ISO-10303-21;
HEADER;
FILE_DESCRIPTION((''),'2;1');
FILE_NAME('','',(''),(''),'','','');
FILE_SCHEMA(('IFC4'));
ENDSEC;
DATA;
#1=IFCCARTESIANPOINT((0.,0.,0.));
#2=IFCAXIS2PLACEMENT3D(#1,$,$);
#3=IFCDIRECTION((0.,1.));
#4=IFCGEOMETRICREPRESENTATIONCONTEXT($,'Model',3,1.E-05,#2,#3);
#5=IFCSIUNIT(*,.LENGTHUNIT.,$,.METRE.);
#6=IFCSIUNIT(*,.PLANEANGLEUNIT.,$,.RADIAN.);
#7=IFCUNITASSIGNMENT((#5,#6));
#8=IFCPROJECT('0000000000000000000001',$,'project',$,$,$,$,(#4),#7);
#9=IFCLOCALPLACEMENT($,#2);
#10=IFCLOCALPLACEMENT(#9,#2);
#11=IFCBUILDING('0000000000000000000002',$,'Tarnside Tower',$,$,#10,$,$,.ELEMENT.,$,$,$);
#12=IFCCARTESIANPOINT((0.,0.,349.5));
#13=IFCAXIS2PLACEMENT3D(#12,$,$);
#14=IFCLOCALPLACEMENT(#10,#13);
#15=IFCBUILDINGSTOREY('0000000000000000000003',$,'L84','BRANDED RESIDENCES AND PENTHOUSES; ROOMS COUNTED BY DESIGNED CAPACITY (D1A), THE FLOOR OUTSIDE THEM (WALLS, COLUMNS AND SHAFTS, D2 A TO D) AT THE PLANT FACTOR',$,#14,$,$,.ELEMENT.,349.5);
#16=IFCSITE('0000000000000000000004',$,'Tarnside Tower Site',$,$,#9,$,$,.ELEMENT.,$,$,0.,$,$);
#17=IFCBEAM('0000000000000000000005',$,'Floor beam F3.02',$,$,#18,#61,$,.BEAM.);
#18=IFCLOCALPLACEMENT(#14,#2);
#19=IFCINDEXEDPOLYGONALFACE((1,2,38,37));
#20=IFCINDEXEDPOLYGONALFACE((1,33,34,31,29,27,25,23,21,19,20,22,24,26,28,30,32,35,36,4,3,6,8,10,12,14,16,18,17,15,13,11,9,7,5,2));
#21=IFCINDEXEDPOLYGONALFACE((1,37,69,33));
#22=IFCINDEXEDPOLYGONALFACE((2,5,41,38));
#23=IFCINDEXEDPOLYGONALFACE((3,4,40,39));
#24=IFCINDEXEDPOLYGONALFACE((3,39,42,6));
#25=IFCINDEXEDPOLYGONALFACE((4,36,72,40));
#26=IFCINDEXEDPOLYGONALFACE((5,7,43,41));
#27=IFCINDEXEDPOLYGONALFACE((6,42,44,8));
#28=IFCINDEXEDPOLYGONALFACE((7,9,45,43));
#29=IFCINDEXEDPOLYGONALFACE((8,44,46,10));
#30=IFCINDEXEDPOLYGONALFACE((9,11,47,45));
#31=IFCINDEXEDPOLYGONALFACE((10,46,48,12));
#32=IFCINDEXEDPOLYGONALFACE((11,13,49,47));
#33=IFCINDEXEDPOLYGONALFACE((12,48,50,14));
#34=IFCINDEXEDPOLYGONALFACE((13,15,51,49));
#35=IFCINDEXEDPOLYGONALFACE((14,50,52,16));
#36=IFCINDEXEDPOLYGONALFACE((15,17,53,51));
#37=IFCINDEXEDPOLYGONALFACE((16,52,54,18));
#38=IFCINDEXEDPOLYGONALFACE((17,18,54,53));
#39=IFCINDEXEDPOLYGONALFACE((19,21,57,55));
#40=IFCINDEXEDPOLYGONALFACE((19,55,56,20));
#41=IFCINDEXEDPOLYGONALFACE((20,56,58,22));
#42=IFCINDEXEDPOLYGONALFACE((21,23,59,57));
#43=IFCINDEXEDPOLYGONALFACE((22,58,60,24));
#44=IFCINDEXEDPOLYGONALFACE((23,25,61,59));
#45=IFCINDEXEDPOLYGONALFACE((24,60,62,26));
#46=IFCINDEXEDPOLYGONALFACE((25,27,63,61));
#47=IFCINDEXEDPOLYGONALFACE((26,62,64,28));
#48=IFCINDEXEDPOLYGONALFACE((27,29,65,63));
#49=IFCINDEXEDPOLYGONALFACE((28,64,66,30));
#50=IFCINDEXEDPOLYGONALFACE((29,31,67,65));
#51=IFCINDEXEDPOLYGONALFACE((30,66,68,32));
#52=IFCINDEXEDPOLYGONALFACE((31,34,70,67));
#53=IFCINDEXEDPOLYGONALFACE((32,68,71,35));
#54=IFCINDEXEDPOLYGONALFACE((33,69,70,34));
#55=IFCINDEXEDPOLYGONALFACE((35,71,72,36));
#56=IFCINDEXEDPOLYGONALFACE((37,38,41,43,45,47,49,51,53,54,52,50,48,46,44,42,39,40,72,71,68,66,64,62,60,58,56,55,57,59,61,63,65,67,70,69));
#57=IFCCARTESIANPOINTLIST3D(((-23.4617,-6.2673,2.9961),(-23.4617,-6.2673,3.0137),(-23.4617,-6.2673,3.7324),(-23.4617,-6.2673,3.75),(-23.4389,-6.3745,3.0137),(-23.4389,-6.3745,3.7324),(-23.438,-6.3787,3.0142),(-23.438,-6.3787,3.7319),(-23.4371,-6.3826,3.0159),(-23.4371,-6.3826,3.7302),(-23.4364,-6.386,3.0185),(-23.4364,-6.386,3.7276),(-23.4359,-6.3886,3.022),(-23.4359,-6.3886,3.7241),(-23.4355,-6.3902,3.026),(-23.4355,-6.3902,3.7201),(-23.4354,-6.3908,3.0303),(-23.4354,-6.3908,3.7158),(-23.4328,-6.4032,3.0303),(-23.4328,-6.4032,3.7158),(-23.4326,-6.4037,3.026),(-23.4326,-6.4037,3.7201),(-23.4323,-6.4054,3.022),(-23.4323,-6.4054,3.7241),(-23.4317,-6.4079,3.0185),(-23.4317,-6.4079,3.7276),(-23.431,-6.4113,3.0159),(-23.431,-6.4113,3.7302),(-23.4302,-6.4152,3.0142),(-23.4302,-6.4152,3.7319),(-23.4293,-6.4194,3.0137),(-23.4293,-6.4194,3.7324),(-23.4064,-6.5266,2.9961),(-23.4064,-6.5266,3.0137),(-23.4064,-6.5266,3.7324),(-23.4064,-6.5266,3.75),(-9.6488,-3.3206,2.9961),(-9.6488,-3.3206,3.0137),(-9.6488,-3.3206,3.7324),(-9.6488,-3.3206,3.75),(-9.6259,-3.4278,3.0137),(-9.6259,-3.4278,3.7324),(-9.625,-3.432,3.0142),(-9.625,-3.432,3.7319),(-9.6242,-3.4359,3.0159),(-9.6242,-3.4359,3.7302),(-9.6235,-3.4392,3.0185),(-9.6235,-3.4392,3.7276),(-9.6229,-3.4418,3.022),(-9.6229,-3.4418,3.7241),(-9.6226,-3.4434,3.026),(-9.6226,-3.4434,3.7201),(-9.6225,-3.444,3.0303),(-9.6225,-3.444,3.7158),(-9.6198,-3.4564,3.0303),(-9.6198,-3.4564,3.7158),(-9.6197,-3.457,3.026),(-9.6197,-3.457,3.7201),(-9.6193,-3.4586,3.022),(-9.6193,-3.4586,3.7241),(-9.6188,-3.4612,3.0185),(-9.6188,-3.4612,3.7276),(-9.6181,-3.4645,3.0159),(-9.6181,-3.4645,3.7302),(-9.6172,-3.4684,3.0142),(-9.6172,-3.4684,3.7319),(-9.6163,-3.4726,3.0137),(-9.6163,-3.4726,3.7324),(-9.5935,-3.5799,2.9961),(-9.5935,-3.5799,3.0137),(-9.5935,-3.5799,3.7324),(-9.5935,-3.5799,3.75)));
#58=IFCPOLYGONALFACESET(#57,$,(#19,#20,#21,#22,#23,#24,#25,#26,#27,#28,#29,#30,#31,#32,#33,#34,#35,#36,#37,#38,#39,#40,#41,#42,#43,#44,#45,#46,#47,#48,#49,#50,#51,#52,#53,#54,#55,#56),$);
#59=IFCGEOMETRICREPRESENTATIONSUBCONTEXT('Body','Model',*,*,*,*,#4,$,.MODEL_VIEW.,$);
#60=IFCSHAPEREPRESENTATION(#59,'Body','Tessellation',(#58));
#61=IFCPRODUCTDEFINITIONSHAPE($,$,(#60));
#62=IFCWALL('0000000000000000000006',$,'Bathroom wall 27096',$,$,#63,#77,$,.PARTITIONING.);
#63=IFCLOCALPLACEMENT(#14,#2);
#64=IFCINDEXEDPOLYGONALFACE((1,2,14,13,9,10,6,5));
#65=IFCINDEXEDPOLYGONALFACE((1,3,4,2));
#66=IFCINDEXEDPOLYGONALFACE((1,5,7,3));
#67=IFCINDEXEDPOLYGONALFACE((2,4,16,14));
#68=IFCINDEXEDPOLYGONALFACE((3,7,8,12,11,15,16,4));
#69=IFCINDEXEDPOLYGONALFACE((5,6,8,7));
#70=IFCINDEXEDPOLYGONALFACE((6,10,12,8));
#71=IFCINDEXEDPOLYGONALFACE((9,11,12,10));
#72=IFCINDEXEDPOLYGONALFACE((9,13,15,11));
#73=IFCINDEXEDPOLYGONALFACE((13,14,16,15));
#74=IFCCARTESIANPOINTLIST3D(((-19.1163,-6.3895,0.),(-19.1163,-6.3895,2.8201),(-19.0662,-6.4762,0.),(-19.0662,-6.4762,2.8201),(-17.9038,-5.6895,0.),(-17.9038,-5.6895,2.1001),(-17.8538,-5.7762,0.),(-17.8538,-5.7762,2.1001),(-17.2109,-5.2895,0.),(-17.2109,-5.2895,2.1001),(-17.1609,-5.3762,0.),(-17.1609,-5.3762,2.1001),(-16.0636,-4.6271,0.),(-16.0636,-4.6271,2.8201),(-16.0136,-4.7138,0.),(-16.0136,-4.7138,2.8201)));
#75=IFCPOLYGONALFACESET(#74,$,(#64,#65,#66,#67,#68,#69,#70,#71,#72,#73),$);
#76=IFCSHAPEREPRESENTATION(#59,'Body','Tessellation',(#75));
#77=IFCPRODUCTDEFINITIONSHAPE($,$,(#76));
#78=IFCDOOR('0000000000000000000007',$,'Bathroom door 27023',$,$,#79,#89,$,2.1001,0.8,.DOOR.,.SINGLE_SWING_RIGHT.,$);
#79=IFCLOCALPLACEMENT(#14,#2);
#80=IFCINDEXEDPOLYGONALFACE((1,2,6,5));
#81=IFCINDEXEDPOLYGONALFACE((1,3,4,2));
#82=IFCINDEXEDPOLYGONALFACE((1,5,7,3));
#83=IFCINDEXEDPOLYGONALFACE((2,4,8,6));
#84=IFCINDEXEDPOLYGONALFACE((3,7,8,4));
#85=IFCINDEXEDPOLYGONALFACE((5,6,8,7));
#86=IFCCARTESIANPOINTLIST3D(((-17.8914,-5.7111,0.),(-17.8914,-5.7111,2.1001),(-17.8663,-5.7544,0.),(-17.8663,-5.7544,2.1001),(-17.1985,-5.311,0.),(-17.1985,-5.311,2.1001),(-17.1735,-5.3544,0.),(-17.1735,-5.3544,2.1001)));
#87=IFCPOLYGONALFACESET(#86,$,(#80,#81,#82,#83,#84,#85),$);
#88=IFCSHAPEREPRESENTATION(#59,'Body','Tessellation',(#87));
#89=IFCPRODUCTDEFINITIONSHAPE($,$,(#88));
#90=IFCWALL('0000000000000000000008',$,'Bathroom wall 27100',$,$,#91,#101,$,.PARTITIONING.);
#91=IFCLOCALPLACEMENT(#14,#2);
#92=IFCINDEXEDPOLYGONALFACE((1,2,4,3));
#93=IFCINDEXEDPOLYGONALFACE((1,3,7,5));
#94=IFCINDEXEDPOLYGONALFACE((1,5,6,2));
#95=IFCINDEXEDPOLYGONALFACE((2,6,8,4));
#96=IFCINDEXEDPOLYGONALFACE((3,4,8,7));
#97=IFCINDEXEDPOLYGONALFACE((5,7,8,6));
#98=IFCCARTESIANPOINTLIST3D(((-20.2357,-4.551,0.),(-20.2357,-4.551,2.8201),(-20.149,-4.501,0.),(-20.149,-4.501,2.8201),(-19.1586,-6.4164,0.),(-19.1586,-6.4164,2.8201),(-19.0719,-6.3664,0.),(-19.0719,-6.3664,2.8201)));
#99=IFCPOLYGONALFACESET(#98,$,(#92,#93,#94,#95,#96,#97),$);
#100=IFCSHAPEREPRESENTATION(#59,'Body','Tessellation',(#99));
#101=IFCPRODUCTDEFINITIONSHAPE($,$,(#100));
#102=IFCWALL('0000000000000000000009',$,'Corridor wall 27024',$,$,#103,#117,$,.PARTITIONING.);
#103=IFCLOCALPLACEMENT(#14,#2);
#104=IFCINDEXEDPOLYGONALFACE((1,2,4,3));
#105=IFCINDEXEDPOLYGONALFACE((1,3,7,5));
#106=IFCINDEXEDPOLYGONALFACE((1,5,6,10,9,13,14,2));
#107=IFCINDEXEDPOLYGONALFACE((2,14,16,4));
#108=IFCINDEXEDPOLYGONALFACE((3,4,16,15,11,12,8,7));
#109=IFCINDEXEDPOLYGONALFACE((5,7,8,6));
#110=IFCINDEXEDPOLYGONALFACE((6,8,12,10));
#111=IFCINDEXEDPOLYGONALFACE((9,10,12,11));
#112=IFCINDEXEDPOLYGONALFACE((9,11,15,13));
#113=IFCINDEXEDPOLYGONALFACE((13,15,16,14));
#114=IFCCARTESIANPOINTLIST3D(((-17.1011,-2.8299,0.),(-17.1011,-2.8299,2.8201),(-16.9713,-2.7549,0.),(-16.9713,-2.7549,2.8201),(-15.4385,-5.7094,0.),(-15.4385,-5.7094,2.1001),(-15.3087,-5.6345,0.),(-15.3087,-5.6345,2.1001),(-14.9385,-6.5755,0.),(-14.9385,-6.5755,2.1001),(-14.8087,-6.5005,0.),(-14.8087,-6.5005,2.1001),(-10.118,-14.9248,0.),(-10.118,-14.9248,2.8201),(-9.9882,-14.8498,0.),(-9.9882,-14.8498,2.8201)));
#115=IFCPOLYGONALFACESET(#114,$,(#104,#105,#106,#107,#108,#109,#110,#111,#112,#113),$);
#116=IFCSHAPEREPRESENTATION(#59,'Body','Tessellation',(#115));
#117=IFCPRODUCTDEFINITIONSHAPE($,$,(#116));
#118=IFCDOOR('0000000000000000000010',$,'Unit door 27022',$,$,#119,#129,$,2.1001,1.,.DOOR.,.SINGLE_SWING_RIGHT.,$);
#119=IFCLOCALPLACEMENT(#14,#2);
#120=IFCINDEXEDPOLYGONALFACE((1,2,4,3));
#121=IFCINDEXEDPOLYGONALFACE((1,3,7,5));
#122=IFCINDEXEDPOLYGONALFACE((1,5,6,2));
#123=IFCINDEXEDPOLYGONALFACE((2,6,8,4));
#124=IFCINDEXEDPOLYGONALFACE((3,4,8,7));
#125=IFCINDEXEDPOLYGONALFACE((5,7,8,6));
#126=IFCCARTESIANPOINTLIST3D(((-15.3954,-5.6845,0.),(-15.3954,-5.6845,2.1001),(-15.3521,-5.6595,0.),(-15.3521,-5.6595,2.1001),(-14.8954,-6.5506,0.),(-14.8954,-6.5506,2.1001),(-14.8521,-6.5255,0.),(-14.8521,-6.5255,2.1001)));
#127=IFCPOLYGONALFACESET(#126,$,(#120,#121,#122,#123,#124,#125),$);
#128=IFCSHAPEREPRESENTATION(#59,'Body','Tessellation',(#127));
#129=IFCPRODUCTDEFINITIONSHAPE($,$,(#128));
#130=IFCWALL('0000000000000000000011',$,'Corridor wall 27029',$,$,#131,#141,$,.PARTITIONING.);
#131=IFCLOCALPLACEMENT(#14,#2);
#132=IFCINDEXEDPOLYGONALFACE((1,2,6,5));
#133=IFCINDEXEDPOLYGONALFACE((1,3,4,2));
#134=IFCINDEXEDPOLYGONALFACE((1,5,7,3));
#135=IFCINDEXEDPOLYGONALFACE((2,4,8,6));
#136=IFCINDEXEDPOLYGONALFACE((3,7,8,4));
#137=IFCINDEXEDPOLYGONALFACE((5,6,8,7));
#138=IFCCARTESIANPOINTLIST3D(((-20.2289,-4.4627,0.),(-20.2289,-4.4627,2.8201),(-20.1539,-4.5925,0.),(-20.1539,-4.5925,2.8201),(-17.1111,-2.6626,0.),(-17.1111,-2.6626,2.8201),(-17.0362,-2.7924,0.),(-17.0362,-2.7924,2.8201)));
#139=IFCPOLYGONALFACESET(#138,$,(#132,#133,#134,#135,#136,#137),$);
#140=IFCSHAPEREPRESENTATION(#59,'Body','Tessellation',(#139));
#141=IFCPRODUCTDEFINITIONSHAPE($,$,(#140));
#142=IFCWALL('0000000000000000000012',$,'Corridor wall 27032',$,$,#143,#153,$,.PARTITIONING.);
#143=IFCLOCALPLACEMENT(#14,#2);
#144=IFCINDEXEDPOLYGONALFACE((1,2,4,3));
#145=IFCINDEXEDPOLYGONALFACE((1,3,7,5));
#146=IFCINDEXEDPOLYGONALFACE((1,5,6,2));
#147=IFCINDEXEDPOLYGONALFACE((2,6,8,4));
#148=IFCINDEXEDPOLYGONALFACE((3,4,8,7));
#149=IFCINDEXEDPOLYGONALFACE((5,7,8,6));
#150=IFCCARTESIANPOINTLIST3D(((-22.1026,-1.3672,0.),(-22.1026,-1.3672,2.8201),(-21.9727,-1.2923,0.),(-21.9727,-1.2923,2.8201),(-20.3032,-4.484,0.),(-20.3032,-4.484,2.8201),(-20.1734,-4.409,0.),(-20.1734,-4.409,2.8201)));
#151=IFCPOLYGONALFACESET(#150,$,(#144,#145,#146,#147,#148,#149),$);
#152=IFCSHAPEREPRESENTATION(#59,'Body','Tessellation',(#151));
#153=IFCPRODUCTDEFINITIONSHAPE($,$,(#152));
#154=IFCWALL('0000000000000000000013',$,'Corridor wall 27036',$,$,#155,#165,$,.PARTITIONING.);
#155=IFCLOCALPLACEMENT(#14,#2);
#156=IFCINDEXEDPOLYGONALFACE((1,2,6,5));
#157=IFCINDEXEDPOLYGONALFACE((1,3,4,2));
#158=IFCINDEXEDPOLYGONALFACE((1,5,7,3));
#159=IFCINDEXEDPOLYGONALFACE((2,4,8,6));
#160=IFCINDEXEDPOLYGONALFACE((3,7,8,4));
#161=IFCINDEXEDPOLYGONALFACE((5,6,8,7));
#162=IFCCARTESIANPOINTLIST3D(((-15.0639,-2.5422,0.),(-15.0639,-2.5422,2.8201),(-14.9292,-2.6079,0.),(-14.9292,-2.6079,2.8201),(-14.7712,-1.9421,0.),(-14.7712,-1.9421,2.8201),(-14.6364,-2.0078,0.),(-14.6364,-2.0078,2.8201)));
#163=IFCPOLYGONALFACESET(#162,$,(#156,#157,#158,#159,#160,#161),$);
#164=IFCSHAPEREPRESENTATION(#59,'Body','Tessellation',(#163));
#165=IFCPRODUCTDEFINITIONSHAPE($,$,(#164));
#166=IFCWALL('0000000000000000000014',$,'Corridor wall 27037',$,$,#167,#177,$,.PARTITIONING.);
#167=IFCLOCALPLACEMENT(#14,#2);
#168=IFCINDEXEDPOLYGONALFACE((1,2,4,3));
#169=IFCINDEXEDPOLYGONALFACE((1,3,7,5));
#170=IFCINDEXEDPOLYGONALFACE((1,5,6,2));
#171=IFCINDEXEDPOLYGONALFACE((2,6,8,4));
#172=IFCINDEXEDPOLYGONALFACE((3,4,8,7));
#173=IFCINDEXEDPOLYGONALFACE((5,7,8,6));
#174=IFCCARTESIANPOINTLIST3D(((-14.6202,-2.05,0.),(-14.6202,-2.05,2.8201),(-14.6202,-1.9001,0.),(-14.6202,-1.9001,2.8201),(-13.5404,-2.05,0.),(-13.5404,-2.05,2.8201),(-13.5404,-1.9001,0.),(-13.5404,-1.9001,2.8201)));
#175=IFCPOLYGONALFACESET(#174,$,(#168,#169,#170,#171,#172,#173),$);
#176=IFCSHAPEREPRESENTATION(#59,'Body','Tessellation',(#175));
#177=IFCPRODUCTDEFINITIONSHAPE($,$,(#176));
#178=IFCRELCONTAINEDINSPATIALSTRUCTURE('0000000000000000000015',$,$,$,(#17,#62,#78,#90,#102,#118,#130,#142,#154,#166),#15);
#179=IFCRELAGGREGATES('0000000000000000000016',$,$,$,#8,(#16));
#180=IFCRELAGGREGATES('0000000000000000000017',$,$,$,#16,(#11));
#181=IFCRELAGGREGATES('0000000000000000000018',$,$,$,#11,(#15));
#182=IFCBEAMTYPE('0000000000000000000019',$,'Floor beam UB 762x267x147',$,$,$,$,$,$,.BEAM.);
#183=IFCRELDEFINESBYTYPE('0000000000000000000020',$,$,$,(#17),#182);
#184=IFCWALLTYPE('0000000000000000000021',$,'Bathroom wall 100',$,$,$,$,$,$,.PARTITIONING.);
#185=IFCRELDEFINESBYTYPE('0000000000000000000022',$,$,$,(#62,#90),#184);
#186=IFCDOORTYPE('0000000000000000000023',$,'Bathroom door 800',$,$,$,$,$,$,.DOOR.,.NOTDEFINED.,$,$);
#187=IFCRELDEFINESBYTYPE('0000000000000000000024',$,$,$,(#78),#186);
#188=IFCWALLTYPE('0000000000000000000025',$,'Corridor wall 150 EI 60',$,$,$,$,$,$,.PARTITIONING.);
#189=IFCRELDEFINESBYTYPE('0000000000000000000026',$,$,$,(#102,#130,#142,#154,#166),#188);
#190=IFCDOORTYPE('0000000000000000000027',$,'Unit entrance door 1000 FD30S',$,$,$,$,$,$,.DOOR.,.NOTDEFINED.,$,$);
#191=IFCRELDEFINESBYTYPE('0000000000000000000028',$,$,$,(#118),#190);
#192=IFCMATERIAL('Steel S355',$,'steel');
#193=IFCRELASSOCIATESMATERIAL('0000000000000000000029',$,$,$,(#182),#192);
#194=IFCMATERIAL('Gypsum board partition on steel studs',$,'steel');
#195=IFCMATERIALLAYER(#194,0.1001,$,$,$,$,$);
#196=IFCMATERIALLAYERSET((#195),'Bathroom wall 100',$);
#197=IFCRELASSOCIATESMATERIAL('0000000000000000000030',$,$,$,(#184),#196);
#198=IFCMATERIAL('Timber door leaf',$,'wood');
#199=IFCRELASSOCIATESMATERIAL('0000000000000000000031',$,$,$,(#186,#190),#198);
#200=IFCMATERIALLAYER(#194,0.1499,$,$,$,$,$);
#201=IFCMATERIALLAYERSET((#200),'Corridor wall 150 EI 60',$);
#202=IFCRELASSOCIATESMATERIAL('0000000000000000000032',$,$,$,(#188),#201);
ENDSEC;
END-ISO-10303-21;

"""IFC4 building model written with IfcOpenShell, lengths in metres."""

from ifc_helpers import new_model, si_unit, direction, frame, frame_2d, origin, origin_2d, place, context, subcontext, project, spatial, rectangle, i_section, extrude, material, layer, layer_set, material_profile, profile_set, type_object, element, fill, save


model = new_model("IFC4")

# Units and contexts
model_context = context("Model", 3, precision=1e-05, world=origin(), true_north=direction((0.0, 1.0)))
body_context = subcontext(model_context, "Body", "Model", "MODEL_VIEW")
ifc_project = project(units=[si_unit("LENGTHUNIT", "METRE"), si_unit("PLANEANGLEUNIT", "RADIAN")], contexts=[model_context])

# Site, building, storey
site_placement = place(None, origin())
site = spatial("IfcSite", under=ifc_project, at=site_placement, Name="Tarnside Tower Site", CompositionType="ELEMENT", RefElevation=0.0)
building_placement = place(site_placement, origin())
building = spatial("IfcBuilding", under=site, at=building_placement, Name="Tarnside Tower", CompositionType="ELEMENT")
storey_placement = place(building_placement, frame((0.0, 0.0, 349.5)))
storey = spatial("IfcBuildingStorey", under=building, at=storey_placement, Name="L84", Description="BRANDED RESIDENCES AND PENTHOUSES; ROOMS COUNTED BY DESIGNED CAPACITY (D1A), THE FLOOR OUTSIDE THEM (WALLS, COLUMNS AND SHAFTS, D2 A TO D) AT THE PLANT FACTOR", CompositionType="ELEMENT", Elevation=349.5)

# Beam
ifc_material_1 = material(Name="Steel S355", Category="steel")
ifc_material_profile = material_profile(ifc_material_1, i_section(OverallWidth=0.2651, OverallDepth=0.7539, WebThickness=0.0127, FlangeThickness=0.0176, FilletRadius=0.0166, at=origin_2d()), Name="UB 762x267x147")
ifc_profile_set = profile_set([ifc_material_profile], Name="Steel S355")
beam_type = type_object("IfcBeamType", Name="Floor beam UB 762x267x147", PredefinedType="BEAM", material=ifc_profile_set)
beam_placement = place(storey_placement, frame((-23.4341, -6.397, 3.373), z_axis=(0.977993, 0.208639, 0.0), x_axis=(-0.208639, 0.977993, 0.0)))
element("IfcBeam", 1, at=beam_placement, inside=storey, type_object=beam_type, Name="Floor beam F3.02", PredefinedType="BEAM", context=body_context, shape_type="SweptSolid", body=[
    extrude(i_section(OverallWidth=0.2651, OverallDepth=0.7539, WebThickness=0.0127, FlangeThickness=0.0176, FilletRadius=0.0166, at=origin_2d()), origin(), (0.0, 0.0, 1.0), 14.1238),
])

# Wall, opening, door
ifc_material_2 = material(Name="Gypsum board partition on steel studs", Category="steel")
ifc_layer_1 = layer(ifc_material_2, 0.1001)
ifc_layer_set_1 = layer_set([ifc_layer_1], Name="Bathroom wall 100")
wall_type_1 = type_object("IfcWallType", Name="Bathroom wall 100", PredefinedType="PARTITIONING", material=ifc_layer_set_1)
wall_1_placement = place(storey_placement, frame((-16.0386, -4.6704, 0.0), z_axis=(0.0, 0.0, 1.0), x_axis=(-0.866031, -0.49999, 0.0)))
wall_1 = element("IfcWall", 2, at=wall_1_placement, inside=storey, type_object=wall_type_1, Name="Bathroom wall 27096", PredefinedType="PARTITIONING", context=body_context, shape_type="SweptSolid", body=[
    extrude(rectangle(XDim=3.5249, YDim=0.1001, at=frame_2d((1.7625, 0.0))), origin(), (0.0, 0.0, 1.0), 2.8201),
])
opening_1_placement = place(wall_1_placement, frame((1.325, 0.0, 0.0)))
opening_1 = element("IfcOpeningElement", 3, at=opening_1_placement, cuts=wall_1, PredefinedType="OPENING", context=body_context, shape_type="SweptSolid", body=[
    extrude(rectangle(XDim=0.8, YDim=2.1001, at=frame_2d((0.3999, 1.05))), frame((0.0, 0.0601, 0.0), z_axis=(0.0, -1.0, 0.0), x_axis=(1.0, 0.0, 0.0)), (0.0, 0.0, 1.0), 0.1201),
])
ifc_material_3 = material(Name="Timber door leaf", Category="wood")
door_type_1 = type_object("IfcDoorType", Name="Bathroom door 800", OperationType="NOTDEFINED", PredefinedType="DOOR", material=ifc_material_3)
door_1_placement = place(opening_1_placement, origin())
door_1 = element("IfcDoor", 4, at=door_1_placement, inside=storey, type_object=door_type_1, Name="Bathroom door 27023", OperationType="SINGLE_SWING_RIGHT", OverallHeight=2.1001, OverallWidth=0.8, PredefinedType="DOOR", context=body_context, shape_type="SweptSolid", body=[
    extrude(rectangle(XDim=0.8, YDim=2.1001, at=frame_2d((0.3999, 1.05))), frame((0.0, 0.0249, 0.0), z_axis=(0.0, -1.0, 0.0), x_axis=(1.0, 0.0, 0.0)), (0.0, 0.0, 1.0), 0.05),
])
fill(opening_1, door_1)

# Wall
wall_2_placement = place(storey_placement, frame((-20.1924, -4.5259, 0.0), z_axis=(0.0, 0.0, 1.0), x_axis=(0.50004, -0.866003, 0.0)))
element("IfcWall", 5, at=wall_2_placement, inside=storey, type_object=wall_type_1, Name="Bathroom wall 27100", PredefinedType="PARTITIONING", context=body_context, shape_type="SweptSolid", body=[
    extrude(rectangle(XDim=2.1541, YDim=0.1001, at=frame_2d((1.0771, 0.0))), origin(), (0.0, 0.0, 1.0), 2.8201),
])

# Wall, opening, door
ifc_layer_2 = layer(ifc_material_2, 0.1499)
ifc_layer_set_2 = layer_set([ifc_layer_2], Name="Corridor wall 150 EI 60")
wall_type_2 = type_object("IfcWallType", Name="Corridor wall 150 EI 60", PredefinedType="PARTITIONING", material=ifc_layer_set_2)
wall_3_placement = place(storey_placement, frame((-17.0361, -2.7925, 0.0), z_axis=(0.0, 0.0, 1.0), x_axis=(0.500006, -0.866022, 0.0)))
wall_3 = element("IfcWall", 6, at=wall_3_placement, inside=storey, type_object=wall_type_2, Name="Corridor wall 27024", PredefinedType="PARTITIONING", context=body_context, shape_type="SweptSolid", body=[
    extrude(rectangle(XDim=13.9661, YDim=0.1499, at=frame_2d((6.9829, 0.0))), origin(), (0.0, 0.0, 1.0), 2.8201),
])
opening_2_placement = place(wall_3_placement, frame((3.325, 0.0, 0.0)))
opening_2 = element("IfcOpeningElement", 7, at=opening_2_placement, cuts=wall_3, PredefinedType="OPENING", context=body_context, shape_type="SweptSolid", body=[
    extrude(rectangle(XDim=1.0, YDim=2.1001, at=frame_2d((0.5, 1.05))), frame((0.0, 0.085, 0.0), z_axis=(0.0, -1.0, 0.0), x_axis=(1.0, 0.0, 0.0)), (0.0, 0.0, 1.0), 0.1699),
])
door_type_2 = type_object("IfcDoorType", Name="Unit entrance door 1000 FD30S", OperationType="NOTDEFINED", PredefinedType="DOOR", material=ifc_material_3)
door_2_placement = place(opening_2_placement, origin())
door_2 = element("IfcDoor", 8, at=door_2_placement, inside=storey, type_object=door_type_2, Name="Unit door 27022", OperationType="SINGLE_SWING_RIGHT", OverallHeight=2.1001, OverallWidth=1.0, PredefinedType="DOOR", context=body_context, shape_type="SweptSolid", body=[
    extrude(rectangle(XDim=1.0, YDim=2.1001, at=frame_2d((0.5, 1.05))), frame((0.0, 0.0249, 0.0), z_axis=(0.0, -1.0, 0.0), x_axis=(1.0, 0.0, 0.0)), (0.0, 0.0, 1.0), 0.05),
])
fill(opening_2, door_2)

# Walls
wall_4_placement = place(storey_placement, frame((-20.1914, -4.5276, 0.0), z_axis=(0.0, 0.0, 1.0), x_axis=(0.866018, 0.500012, 0.0)))
element("IfcWall", 9, at=wall_4_placement, inside=storey, type_object=wall_type_2, Name="Corridor wall 27029", PredefinedType="PARTITIONING", context=body_context, shape_type="SweptSolid", body=[
    extrude(rectangle(XDim=3.6001, YDim=0.1499, at=frame_2d((1.8, 0.0))), origin(), (0.0, 0.0, 1.0), 2.8201),
])
wall_5_placement = place(storey_placement, frame((-22.0376, -1.3298, 0.0), z_axis=(0.0, 0.0, 1.0), x_axis=(0.499977, -0.866039, 0.0)))
element("IfcWall", 10, at=wall_5_placement, inside=storey, type_object=wall_type_2, Name="Corridor wall 27032", PredefinedType="PARTITIONING", context=body_context, shape_type="SweptSolid", body=[
    extrude(rectangle(XDim=3.5989, YDim=0.1499, at=frame_2d((1.7993, 0.0))), origin(), (0.0, 0.0, 1.0), 2.8201),
])
wall_6_placement = place(storey_placement, frame((-14.9966, -2.5752, 0.0), z_axis=(0.0, 0.0, 1.0), x_axis=(0.438416, 0.898772, 0.0)))
element("IfcWall", 11, at=wall_6_placement, inside=storey, type_object=wall_type_2, Name="Corridor wall 27036", PredefinedType="PARTITIONING", context=body_context, shape_type="SweptSolid", body=[
    extrude(rectangle(XDim=0.6677, YDim=0.1499, at=frame_2d((0.334, 0.0))), origin(), (0.0, 0.0, 1.0), 2.8201),
])
wall_7_placement = place(storey_placement, frame((-14.6204, -1.9751, 0.0), z_axis=(0.0, 0.0, 1.0), x_axis=(1.0, 0.0, 0.0)))
element("IfcWall", 12, at=wall_7_placement, inside=storey, type_object=wall_type_2, Name="Corridor wall 27037", PredefinedType="PARTITIONING", context=body_context, shape_type="SweptSolid", body=[
    extrude(rectangle(XDim=1.0798, YDim=0.1499, at=frame_2d((0.54, 0.0))), origin(), (0.0, 0.0, 1.0), 2.8201),
])

save(model, "model.ifc")
